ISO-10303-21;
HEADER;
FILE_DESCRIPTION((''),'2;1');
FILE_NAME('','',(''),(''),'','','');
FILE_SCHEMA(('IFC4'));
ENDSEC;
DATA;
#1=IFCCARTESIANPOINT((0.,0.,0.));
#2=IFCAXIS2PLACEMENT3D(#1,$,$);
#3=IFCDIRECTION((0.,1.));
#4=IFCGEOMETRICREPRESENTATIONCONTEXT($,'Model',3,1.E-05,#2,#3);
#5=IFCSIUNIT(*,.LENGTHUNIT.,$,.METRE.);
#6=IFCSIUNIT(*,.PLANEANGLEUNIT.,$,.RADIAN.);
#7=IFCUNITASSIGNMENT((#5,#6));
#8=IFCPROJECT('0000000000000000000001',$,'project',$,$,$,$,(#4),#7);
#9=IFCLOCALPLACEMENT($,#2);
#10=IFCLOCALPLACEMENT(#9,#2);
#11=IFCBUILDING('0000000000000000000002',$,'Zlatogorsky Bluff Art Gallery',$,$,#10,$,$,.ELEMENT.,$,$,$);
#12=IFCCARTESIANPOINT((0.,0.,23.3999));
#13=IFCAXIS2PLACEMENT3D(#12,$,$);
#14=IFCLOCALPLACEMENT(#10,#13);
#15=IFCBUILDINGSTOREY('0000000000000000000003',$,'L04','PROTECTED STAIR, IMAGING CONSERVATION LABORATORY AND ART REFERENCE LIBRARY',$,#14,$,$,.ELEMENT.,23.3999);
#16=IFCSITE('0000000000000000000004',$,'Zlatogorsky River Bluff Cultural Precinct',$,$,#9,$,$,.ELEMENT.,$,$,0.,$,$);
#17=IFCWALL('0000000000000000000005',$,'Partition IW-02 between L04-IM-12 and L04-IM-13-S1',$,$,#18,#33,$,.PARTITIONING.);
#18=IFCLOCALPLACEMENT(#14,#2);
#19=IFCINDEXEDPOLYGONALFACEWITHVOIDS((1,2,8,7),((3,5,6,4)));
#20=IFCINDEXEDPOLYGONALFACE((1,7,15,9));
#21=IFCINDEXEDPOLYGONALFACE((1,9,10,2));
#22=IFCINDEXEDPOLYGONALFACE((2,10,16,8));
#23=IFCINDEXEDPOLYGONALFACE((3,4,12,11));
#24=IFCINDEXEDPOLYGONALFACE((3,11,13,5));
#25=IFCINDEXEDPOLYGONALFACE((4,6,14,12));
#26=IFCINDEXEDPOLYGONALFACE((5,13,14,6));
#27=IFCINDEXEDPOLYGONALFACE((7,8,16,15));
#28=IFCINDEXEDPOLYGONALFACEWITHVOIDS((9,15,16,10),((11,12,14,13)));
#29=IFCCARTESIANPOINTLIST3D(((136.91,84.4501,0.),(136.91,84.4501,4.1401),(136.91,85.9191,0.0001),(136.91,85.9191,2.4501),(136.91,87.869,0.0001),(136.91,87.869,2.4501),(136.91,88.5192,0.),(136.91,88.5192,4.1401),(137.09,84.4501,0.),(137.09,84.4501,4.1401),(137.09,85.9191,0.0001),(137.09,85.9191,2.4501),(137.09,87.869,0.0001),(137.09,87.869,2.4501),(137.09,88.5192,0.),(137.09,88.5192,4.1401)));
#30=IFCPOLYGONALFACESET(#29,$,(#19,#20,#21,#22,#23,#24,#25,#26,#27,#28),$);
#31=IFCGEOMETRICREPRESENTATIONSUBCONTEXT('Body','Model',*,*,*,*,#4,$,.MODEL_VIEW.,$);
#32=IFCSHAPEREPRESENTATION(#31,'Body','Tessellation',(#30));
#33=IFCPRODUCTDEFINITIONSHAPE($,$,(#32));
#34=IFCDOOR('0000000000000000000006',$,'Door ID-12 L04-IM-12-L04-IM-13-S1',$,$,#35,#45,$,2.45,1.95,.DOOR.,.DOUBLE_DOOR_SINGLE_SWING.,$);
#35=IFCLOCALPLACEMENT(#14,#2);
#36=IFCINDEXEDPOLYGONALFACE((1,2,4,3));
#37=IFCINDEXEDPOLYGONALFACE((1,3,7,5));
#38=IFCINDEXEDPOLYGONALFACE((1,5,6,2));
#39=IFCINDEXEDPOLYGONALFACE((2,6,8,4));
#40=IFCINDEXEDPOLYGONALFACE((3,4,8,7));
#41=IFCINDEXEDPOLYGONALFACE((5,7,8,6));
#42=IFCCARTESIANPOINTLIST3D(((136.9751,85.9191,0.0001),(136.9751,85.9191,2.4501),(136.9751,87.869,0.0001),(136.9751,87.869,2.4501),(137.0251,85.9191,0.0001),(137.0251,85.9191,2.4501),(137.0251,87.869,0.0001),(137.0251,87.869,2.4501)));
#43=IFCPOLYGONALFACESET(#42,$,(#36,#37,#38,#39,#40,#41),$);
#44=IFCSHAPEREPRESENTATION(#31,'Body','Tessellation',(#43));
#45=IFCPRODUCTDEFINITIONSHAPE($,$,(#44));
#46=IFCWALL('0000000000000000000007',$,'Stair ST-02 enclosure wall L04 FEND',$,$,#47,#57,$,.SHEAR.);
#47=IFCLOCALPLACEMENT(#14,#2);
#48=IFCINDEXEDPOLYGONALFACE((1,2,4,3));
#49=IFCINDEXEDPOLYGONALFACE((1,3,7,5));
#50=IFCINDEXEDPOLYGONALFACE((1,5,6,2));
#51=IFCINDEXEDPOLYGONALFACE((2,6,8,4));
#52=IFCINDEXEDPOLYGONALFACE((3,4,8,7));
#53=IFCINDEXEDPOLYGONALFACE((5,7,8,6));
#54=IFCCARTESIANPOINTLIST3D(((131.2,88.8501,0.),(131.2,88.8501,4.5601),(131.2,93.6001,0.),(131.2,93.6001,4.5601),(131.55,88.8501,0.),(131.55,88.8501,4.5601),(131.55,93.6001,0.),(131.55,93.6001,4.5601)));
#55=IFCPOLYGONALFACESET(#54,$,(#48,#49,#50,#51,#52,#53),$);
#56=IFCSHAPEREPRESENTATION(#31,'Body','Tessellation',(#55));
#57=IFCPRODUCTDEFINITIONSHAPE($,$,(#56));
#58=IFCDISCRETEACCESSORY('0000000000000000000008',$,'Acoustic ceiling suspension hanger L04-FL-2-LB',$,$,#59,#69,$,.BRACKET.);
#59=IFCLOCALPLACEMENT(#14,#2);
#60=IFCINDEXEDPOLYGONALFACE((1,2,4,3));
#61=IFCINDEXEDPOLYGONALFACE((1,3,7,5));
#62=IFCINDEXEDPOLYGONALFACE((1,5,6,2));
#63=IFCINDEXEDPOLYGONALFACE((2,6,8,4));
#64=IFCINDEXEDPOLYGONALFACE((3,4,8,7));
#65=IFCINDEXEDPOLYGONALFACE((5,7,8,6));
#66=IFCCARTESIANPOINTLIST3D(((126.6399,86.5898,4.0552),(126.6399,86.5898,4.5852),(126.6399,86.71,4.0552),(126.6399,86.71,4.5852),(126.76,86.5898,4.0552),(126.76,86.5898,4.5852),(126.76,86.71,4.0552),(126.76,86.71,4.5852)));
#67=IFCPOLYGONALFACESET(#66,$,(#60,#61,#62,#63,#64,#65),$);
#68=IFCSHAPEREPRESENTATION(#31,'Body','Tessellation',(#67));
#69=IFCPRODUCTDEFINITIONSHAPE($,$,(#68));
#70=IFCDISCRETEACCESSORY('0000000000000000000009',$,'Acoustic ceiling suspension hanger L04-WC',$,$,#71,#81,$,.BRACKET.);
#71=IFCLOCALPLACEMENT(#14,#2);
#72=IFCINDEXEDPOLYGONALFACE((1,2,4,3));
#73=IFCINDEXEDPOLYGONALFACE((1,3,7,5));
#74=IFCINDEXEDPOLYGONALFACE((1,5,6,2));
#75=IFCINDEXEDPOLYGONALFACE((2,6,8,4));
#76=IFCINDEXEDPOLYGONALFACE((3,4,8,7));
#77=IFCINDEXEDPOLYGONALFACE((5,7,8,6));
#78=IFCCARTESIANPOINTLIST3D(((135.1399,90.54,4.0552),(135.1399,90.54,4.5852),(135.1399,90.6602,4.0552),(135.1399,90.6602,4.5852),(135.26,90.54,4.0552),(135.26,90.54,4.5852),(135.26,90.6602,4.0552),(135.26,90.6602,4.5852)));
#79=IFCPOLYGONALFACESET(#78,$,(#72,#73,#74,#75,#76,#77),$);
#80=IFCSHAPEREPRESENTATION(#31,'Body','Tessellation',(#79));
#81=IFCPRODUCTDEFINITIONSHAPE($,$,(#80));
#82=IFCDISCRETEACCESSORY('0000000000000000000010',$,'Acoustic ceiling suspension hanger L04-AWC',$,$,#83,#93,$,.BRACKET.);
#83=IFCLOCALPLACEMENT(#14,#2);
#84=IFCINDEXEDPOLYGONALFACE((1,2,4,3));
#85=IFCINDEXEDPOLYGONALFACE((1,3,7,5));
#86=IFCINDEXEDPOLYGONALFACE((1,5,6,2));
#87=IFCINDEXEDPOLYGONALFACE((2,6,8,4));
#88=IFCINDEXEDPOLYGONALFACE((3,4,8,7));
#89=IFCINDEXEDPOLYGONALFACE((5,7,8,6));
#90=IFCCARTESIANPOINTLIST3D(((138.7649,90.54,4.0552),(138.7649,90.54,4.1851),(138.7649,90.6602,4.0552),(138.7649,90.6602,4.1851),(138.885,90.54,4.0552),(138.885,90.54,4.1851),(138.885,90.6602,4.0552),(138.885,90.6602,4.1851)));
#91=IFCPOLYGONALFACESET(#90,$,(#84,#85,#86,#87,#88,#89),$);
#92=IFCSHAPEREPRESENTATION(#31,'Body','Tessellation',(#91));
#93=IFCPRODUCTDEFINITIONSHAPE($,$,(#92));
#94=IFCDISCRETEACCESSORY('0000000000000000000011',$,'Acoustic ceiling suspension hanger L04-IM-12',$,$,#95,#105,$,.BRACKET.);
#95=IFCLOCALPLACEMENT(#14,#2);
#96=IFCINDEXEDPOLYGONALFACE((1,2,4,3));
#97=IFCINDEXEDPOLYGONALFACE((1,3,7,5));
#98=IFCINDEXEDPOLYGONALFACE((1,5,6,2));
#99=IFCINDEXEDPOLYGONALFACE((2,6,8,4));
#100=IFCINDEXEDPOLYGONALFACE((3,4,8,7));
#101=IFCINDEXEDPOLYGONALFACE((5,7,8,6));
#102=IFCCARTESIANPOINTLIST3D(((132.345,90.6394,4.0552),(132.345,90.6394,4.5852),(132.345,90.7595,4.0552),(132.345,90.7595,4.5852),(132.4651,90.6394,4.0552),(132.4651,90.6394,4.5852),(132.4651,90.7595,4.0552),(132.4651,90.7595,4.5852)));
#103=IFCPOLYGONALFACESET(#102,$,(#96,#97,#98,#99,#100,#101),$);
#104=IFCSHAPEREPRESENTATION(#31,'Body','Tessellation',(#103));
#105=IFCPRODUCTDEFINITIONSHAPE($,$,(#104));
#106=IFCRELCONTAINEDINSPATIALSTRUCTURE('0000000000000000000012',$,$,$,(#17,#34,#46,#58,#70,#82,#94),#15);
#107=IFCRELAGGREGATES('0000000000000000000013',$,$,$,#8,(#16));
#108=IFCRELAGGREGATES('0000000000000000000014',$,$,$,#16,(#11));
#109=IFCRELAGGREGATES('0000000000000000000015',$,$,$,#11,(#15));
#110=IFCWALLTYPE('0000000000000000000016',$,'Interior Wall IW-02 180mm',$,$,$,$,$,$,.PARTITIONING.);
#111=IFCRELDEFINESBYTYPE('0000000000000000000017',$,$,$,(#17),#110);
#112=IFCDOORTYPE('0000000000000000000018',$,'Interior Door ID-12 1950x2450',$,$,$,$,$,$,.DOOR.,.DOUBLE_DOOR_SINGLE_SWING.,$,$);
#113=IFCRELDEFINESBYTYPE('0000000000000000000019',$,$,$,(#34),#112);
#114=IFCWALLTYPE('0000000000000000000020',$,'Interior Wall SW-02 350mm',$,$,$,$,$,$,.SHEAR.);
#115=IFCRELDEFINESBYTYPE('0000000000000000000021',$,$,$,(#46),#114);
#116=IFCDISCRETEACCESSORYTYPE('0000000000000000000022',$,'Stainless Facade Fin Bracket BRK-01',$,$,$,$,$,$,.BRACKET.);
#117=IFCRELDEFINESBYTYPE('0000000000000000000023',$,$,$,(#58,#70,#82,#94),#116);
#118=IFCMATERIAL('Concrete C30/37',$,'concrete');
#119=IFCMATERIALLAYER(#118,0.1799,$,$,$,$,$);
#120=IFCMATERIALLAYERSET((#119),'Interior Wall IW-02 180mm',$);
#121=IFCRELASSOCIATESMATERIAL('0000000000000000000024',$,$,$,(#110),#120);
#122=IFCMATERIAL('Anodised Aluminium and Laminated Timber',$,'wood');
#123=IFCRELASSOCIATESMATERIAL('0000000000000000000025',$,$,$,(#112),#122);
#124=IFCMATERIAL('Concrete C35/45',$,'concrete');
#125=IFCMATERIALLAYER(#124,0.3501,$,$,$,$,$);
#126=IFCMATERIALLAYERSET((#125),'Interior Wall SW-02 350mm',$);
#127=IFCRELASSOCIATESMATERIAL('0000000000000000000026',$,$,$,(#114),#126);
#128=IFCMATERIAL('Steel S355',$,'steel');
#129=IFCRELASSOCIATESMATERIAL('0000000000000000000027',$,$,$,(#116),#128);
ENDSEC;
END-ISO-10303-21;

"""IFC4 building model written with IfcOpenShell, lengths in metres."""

from ifc_helpers import new_model, si_unit, direction, frame, frame_2d, origin, origin_2d, place, context, subcontext, project, spatial, rectangle, extrude, material, layer, layer_set, type_object, element, fill, save


model = new_model("IFC4")

# Units and contexts
model_context = context("Model", 3, precision=1e-05, world=origin(), true_north=direction((0.0, 1.0)))
body_context = subcontext(model_context, "Body", "Model", "MODEL_VIEW")
ifc_project = project(units=[si_unit("LENGTHUNIT", "METRE"), si_unit("PLANEANGLEUNIT", "RADIAN")], contexts=[model_context])

# Site, building, storey
site_placement = place(None, origin())
site = spatial("IfcSite", under=ifc_project, at=site_placement, Name="Zlatogorsky River Bluff Cultural Precinct", CompositionType="ELEMENT", RefElevation=0.0)
building_placement = place(site_placement, origin())
building = spatial("IfcBuilding", under=site, at=building_placement, Name="Zlatogorsky Bluff Art Gallery", CompositionType="ELEMENT")
storey_placement = place(building_placement, frame((0.0, 0.0, 23.3999)))
storey = spatial("IfcBuildingStorey", under=building, at=storey_placement, Name="L04", Description="PROTECTED STAIR, IMAGING CONSERVATION LABORATORY AND ART REFERENCE LIBRARY", CompositionType="ELEMENT", Elevation=23.3999)

# Shared definitions
ifc_material_1 = material(Name="Steel S355", Category="steel")

# Shared definitions
ifc_material_2 = material(Name="Concrete C30/37", Category="concrete")
ifc_layer_1 = layer(ifc_material_2, 0.1799)
ifc_layer_set_1 = layer_set([ifc_layer_1], Name="Interior Wall IW-02 180mm")
wall_type_1 = type_object("IfcWallType", Name="Interior Wall IW-02 180mm", PredefinedType="PARTITIONING", material=ifc_layer_set_1)
ifc_material_3 = material(Name="Anodised Aluminium and Laminated Timber", Category="wood")

# Wall, opening, door
wall_1_placement = place(storey_placement, frame((137.0, 84.45, 0.0), z_axis=(0.0, 0.0, 1.0), x_axis=(0.0, 1.0, 0.0)))
wall_1 = element("IfcWall", 1, at=wall_1_placement, inside=storey, type_object=wall_type_1, Name="Partition IW-02 between L04-IM-12 and L04-IM-13-S1", PredefinedType="PARTITIONING", context=body_context, shape_type="SweptSolid", body=[
    extrude(rectangle(XDim=4.0691, YDim=0.1799, at=frame_2d((2.0347, 0.0))), origin(), (0.0, 0.0, 1.0), 4.1401),
])
opening_1_placement = place(wall_1_placement, frame((1.469, 0.0, 0.0)))
opening_1 = element("IfcOpeningElement", 2, at=opening_1_placement, cuts=wall_1, PredefinedType="OPENING", context=body_context, shape_type="SweptSolid", body=[
    extrude(rectangle(XDim=1.95, YDim=2.45, at=frame_2d((0.9751, 1.2251))), frame((0.0, 0.0999, 0.0), z_axis=(0.0, -1.0, 0.0), x_axis=(1.0, 0.0, 0.0)), (0.0, 0.0, 1.0), 0.2),
])
door_type_1 = type_object("IfcDoorType", Name="Interior Door ID-12 1950x2450", OperationType="DOUBLE_DOOR_SINGLE_SWING", PredefinedType="DOOR", material=ifc_material_3)
door_1_placement = place(opening_1_placement, origin())
door_1 = element("IfcDoor", 3, at=door_1_placement, inside=storey, type_object=door_type_1, Name="Door ID-12 L04-IM-12-L04-IM-13-S1", OperationType="DOUBLE_DOOR_SINGLE_SWING", OverallHeight=2.45, OverallWidth=1.95, PredefinedType="DOOR", context=body_context, shape_type="SweptSolid", body=[
    extrude(rectangle(XDim=1.95, YDim=2.45, at=frame_2d((0.9751, 1.2251))), frame((0.0, 0.0249, 0.0), z_axis=(0.0, -1.0, 0.0), x_axis=(1.0, 0.0, 0.0)), (0.0, 0.0, 1.0), 0.05),
])
fill(opening_1, door_1)

# Wall
ifc_material_4 = material(Name="Concrete C35/45", Category="concrete")
ifc_layer_2 = layer(ifc_material_4, 0.3501)
ifc_layer_set_2 = layer_set([ifc_layer_2], Name="Interior Wall SW-02 350mm")
wall_type_2 = type_object("IfcWallType", Name="Interior Wall SW-02 350mm", PredefinedType="SHEAR", material=ifc_layer_set_2)
wall_2_placement = place(storey_placement, frame((131.375, 88.8501, 0.0), z_axis=(0.0, 0.0, 1.0), x_axis=(0.0, 1.0, 0.0)))
element("IfcWall", 4, at=wall_2_placement, inside=storey, type_object=wall_type_2, Name="Stair ST-02 enclosure wall L04 FEND", PredefinedType="SHEAR", context=body_context, shape_type="SweptSolid", body=[
    extrude(rectangle(XDim=4.75, YDim=0.3501, at=frame_2d((2.375, 0.0))), origin(), (0.0, 0.0, 1.0), 4.5601),
])

# Discrete accessories
discrete_accessory_type = type_object("IfcDiscreteAccessoryType", Name="Stainless Facade Fin Bracket BRK-01", PredefinedType="BRACKET", material=ifc_material_1)
for number, where, z_axis, x_axis, name in (
    (5, (126.7, 86.6499, 4.0552), (0.0, 0.0, 1.0), (1.0, 0.0, 0.0), "Acoustic ceiling suspension hanger L04-FL-2-LB"),
    (6, (135.2, 90.6001, 4.0552), (0.0, 0.0, 1.0), (1.0, 0.0, 0.0), "Acoustic ceiling suspension hanger L04-WC"),
):
    element("IfcDiscreteAccessory", number, at=place(storey_placement, frame(where, z_axis=z_axis, x_axis=x_axis)), inside=storey, type_object=discrete_accessory_type, Name=name, PredefinedType="BRACKET", context=body_context, shape_type="SweptSolid", body=[
        extrude(rectangle(XDim=0.1201, YDim=0.1201, at=origin_2d()), origin(), (0.0, 0.0, 1.0), 0.53),
    ])
discrete_accessory_1_placement = place(storey_placement, frame((138.825, 90.6001, 4.0552), z_axis=(0.0, 0.0, 1.0), x_axis=(1.0, 0.0, 0.0)))
element("IfcDiscreteAccessory", 7, at=discrete_accessory_1_placement, inside=storey, type_object=discrete_accessory_type, Name="Acoustic ceiling suspension hanger L04-AWC", PredefinedType="BRACKET", context=body_context, shape_type="SweptSolid", body=[
    extrude(rectangle(XDim=0.1201, YDim=0.1201, at=origin_2d()), origin(), (0.0, 0.0, 1.0), 0.1299),
])
discrete_accessory_2_placement = place(storey_placement, frame((132.405, 90.6995, 4.0552), z_axis=(0.0, 0.0, 1.0), x_axis=(1.0, 0.0, 0.0)))
element("IfcDiscreteAccessory", 8, at=discrete_accessory_2_placement, inside=storey, type_object=discrete_accessory_type, Name="Acoustic ceiling suspension hanger L04-IM-12", PredefinedType="BRACKET", context=body_context, shape_type="SweptSolid", body=[
    extrude(rectangle(XDim=0.1201, YDim=0.1201, at=origin_2d()), origin(), (0.0, 0.0, 1.0), 0.53),
])

save(model, "model.ifc")
